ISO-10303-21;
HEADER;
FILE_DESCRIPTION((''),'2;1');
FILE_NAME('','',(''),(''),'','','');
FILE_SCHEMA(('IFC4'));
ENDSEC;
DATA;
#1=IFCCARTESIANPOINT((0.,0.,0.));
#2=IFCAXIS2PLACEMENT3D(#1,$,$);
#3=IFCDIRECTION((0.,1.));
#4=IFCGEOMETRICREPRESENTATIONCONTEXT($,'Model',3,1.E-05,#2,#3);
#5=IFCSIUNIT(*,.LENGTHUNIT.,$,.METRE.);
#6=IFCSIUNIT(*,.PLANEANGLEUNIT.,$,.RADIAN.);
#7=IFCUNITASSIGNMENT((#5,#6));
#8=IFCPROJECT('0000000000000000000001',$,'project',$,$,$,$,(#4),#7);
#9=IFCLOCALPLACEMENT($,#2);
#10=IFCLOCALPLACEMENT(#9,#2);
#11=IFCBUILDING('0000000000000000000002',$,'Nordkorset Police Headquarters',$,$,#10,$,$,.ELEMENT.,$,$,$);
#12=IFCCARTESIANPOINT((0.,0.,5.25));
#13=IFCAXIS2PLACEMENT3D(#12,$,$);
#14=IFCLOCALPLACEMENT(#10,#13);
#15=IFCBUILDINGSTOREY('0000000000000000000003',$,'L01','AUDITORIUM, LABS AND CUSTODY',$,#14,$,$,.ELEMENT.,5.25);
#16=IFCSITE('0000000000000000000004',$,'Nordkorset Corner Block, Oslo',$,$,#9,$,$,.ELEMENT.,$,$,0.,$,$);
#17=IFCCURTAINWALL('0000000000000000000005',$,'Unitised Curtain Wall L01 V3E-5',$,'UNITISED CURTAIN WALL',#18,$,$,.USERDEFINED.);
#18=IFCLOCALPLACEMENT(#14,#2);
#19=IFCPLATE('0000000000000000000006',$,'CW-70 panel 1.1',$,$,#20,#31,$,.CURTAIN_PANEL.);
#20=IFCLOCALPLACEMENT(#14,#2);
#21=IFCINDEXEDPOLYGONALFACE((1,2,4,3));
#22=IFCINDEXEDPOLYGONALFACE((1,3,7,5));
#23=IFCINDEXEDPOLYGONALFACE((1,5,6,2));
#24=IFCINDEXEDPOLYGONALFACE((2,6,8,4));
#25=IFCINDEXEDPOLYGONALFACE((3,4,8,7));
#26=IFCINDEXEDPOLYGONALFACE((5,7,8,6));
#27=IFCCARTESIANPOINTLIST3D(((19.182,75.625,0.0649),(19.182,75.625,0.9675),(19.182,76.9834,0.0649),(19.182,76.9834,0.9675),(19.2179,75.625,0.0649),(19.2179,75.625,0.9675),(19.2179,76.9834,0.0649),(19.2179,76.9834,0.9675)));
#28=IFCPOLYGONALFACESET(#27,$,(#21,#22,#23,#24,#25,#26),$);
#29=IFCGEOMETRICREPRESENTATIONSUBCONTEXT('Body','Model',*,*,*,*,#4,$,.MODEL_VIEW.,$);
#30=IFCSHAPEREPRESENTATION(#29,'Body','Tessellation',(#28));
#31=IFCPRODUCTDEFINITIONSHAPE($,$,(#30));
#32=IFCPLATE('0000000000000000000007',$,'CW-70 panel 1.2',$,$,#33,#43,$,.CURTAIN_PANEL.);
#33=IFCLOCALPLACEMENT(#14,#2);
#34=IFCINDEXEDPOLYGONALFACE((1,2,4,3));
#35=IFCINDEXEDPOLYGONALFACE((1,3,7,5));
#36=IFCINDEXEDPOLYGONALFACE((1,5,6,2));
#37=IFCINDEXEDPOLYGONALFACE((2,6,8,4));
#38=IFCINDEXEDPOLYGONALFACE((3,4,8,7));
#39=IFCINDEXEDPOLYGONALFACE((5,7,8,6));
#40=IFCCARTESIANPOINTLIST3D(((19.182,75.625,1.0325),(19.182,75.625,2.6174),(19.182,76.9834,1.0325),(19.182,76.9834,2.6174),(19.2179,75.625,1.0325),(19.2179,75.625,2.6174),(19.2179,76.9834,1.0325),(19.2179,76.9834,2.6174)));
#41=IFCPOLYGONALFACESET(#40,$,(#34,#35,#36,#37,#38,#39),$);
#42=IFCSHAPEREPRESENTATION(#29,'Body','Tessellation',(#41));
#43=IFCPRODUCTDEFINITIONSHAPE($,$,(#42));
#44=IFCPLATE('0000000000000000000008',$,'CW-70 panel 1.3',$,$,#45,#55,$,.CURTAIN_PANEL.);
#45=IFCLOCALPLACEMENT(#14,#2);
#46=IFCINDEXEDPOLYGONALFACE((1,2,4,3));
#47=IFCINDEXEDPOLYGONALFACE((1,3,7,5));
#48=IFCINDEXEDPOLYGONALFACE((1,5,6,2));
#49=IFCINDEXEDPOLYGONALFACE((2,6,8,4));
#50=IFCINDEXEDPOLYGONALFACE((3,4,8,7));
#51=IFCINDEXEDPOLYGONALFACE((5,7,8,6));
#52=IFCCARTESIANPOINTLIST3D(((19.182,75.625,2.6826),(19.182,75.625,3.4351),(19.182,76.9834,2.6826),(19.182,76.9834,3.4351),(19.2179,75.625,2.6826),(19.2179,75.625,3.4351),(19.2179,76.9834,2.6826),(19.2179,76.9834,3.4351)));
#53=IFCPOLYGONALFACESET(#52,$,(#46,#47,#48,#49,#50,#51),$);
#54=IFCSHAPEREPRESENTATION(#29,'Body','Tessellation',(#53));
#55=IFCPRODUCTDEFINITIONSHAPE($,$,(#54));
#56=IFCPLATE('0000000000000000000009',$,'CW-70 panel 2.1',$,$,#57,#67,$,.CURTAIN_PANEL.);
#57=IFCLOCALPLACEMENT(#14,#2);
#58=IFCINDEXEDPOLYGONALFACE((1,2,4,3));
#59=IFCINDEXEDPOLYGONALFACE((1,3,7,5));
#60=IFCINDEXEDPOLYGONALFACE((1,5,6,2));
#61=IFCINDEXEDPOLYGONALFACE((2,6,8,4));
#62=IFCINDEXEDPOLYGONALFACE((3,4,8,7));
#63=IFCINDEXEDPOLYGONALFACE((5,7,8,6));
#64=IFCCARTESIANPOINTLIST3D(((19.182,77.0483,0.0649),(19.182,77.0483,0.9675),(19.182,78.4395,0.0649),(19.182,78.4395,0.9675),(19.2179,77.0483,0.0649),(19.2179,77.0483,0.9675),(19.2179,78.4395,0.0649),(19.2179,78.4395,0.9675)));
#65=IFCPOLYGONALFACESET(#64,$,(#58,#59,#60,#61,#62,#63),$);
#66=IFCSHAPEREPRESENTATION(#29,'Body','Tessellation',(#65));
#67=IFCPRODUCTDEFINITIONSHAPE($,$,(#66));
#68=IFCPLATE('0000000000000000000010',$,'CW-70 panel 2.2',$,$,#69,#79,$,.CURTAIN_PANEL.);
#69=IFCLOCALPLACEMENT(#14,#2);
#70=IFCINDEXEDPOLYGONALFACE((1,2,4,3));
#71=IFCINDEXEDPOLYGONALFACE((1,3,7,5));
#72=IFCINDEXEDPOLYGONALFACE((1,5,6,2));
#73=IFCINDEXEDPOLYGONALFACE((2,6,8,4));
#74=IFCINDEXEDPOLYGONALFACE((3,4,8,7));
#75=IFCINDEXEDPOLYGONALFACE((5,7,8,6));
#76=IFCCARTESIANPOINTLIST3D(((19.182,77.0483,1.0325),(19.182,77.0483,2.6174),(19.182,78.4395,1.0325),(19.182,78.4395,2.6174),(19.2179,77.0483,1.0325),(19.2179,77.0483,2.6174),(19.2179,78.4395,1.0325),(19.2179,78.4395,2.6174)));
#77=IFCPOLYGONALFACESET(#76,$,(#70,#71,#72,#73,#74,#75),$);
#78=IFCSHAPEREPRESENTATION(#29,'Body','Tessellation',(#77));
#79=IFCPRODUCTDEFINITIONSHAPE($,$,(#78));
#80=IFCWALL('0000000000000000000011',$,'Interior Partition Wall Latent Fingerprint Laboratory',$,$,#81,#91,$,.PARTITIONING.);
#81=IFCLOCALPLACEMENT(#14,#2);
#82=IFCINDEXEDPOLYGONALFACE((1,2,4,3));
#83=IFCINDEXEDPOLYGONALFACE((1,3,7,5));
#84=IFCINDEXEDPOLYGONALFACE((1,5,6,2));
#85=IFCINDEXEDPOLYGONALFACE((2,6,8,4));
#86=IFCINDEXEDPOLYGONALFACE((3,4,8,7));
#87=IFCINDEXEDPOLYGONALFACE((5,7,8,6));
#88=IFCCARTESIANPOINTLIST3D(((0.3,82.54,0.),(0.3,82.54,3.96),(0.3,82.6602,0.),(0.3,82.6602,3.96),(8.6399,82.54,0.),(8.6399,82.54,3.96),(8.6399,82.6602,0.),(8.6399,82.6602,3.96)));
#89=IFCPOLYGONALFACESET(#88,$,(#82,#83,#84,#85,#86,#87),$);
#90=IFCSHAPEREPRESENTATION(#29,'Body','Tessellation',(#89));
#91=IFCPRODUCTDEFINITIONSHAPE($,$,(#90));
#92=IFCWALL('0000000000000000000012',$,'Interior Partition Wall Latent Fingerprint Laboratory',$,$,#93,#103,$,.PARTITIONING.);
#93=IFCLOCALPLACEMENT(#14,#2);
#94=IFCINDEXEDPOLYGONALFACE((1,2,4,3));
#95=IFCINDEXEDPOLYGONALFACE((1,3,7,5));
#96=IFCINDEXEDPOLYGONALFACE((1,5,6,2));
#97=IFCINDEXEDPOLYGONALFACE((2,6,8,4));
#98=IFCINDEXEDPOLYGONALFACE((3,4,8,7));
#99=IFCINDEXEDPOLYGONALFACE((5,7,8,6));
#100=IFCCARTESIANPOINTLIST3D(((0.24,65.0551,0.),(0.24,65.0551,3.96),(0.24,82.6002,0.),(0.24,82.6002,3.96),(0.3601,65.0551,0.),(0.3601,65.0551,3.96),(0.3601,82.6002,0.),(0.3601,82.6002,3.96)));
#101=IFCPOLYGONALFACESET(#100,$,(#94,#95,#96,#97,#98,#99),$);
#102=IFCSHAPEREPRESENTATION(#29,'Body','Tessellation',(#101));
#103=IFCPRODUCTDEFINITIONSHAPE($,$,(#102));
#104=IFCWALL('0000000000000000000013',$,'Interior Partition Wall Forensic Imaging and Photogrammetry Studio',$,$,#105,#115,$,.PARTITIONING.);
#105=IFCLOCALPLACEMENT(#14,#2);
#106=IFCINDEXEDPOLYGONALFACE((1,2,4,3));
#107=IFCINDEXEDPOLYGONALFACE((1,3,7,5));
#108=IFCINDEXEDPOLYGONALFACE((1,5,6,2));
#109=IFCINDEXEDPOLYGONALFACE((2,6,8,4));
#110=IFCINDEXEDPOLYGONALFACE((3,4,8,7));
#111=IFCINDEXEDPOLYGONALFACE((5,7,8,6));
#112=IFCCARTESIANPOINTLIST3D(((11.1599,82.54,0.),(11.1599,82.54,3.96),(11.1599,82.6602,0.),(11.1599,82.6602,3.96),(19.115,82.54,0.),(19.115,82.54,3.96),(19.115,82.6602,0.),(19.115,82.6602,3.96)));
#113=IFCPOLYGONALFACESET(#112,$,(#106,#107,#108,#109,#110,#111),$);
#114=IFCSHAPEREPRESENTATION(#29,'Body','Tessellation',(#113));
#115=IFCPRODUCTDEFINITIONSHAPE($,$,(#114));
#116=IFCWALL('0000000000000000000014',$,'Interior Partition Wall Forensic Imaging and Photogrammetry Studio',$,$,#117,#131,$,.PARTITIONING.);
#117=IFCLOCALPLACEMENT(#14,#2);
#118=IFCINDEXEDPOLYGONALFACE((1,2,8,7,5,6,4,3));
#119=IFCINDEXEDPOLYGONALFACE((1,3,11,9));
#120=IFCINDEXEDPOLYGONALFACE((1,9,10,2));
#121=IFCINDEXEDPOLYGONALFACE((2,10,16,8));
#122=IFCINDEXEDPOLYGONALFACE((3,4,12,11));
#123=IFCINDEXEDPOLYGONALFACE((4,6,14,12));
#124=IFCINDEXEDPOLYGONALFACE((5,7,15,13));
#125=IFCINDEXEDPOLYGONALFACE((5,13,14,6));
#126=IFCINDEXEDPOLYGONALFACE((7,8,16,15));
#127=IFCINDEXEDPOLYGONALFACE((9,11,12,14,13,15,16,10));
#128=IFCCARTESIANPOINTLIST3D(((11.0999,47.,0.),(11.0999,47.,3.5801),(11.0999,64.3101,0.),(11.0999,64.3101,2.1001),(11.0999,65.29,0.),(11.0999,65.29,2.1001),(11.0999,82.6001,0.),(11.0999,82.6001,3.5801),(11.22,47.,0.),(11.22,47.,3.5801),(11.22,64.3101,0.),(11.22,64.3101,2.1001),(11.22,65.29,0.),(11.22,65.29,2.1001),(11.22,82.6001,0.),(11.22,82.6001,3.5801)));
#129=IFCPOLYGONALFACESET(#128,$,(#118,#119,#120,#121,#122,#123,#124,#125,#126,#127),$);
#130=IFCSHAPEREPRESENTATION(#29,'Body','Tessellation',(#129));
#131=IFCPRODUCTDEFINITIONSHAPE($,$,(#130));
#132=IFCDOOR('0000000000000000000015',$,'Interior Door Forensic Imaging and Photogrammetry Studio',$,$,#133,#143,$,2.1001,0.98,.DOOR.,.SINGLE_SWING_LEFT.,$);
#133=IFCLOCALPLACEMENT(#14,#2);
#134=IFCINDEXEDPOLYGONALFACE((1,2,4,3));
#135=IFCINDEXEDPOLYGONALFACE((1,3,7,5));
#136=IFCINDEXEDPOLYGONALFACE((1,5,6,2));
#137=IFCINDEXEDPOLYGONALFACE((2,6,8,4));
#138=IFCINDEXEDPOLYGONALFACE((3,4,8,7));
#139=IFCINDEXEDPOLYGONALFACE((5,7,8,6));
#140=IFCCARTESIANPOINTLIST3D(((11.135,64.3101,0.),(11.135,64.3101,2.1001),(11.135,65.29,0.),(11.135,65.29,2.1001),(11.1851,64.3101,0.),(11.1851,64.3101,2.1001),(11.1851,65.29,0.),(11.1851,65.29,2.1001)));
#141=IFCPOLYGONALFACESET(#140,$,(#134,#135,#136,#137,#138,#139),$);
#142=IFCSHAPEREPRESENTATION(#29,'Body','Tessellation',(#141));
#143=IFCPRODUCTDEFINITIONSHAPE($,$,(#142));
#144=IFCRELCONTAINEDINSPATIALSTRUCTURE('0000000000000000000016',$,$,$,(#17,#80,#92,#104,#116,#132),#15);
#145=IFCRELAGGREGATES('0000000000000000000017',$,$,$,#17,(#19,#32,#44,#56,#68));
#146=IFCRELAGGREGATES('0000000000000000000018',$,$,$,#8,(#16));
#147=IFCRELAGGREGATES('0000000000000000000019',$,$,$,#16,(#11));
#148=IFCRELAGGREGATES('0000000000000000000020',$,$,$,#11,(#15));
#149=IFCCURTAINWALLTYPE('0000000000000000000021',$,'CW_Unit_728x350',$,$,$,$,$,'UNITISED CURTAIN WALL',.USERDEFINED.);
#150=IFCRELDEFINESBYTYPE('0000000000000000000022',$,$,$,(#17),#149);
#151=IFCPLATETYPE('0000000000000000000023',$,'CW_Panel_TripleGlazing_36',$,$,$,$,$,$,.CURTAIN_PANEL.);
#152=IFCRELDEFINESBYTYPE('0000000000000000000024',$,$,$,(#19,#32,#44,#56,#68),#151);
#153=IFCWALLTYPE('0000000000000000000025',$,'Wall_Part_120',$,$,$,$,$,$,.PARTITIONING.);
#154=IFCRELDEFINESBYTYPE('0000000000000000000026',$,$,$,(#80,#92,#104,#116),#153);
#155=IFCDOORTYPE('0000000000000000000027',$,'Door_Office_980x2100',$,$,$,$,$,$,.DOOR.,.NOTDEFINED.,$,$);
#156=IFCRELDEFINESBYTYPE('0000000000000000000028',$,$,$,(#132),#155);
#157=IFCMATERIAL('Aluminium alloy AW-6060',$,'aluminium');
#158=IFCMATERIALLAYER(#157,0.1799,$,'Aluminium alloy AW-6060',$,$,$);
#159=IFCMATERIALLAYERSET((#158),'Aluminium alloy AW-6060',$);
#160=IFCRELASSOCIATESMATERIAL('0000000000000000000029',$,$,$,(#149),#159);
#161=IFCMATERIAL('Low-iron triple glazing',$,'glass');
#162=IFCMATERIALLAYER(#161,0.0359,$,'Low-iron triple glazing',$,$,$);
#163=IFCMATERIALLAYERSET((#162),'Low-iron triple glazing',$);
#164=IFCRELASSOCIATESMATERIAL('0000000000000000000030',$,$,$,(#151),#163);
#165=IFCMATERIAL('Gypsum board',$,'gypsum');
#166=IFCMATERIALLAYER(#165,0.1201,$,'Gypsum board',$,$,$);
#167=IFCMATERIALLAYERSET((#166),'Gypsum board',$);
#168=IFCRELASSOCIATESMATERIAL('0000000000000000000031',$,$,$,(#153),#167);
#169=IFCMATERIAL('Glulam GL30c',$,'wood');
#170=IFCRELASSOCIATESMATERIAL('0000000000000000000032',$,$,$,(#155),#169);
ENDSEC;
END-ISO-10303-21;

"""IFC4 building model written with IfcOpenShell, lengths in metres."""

from ifc_helpers import new_model, si_unit, direction, frame, frame_2d, origin, origin_2d, place, context, subcontext, project, spatial, rectangle, extrude, material, layer, layer_set, type_object, element, fill, aggregate, save


model = new_model("IFC4")

# Units and contexts
model_context = context("Model", 3, precision=1e-05, world=origin(), true_north=direction((0.0, 1.0)))
body_context = subcontext(model_context, "Body", "Model", "MODEL_VIEW")
ifc_project = project(units=[si_unit("LENGTHUNIT", "METRE"), si_unit("PLANEANGLEUNIT", "RADIAN")], contexts=[model_context])

# Site, building, storey
site_placement = place(None, origin())
site = spatial("IfcSite", under=ifc_project, at=site_placement, Name="Nordkorset Corner Block, Oslo", CompositionType="ELEMENT", RefElevation=0.0)
building_placement = place(site_placement, origin())
building = spatial("IfcBuilding", under=site, at=building_placement, Name="Nordkorset Police Headquarters", CompositionType="ELEMENT")
storey_placement = place(building_placement, frame((0.0, 0.0, 5.25)))
storey = spatial("IfcBuildingStorey", under=building, at=storey_placement, Name="L01", Description="AUDITORIUM, LABS AND CUSTODY", CompositionType="ELEMENT", Elevation=5.25)

# Curtain wall
ifc_material_1 = material(Name="Aluminium alloy AW-6060", Category="aluminium")
ifc_layer_1 = layer(ifc_material_1, 0.1799, Name="Aluminium alloy AW-6060")
ifc_layer_set_1 = layer_set([ifc_layer_1], Name="Aluminium alloy AW-6060")
curtain_wall_type = type_object("IfcCurtainWallType", Name="CW_Unit_728x350", ElementType="UNITISED CURTAIN WALL", PredefinedType="USERDEFINED", material=ifc_layer_set_1)
curtain_wall_placement = place(storey_placement, origin())
curtain_wall = element("IfcCurtainWall", 1, at=curtain_wall_placement, inside=storey, type_object=curtain_wall_type, Name="Unitised Curtain Wall L01 V3E-5", ObjectType="UNITISED CURTAIN WALL", PredefinedType="USERDEFINED")

# Plates
ifc_material_2 = material(Name="Low-iron triple glazing", Category="glass")
ifc_layer_2 = layer(ifc_material_2, 0.0359, Name="Low-iron triple glazing")
ifc_layer_set_2 = layer_set([ifc_layer_2], Name="Low-iron triple glazing")
plate_type = type_object("IfcPlateType", Name="CW_Panel_TripleGlazing_36", PredefinedType="CURTAIN_PANEL", material=ifc_layer_set_2)
plate_1_placement = place(storey_placement, frame((19.2, 76.3042, 0.0649), z_axis=(0.0, 0.0, 1.0), x_axis=(0.0, 1.0, 0.0)))
plate_1 = element("IfcPlate", 2, at=plate_1_placement, type_object=plate_type, Name="CW-70 panel 1.1", PredefinedType="CURTAIN_PANEL", context=body_context, shape_type="SweptSolid", body=[
    extrude(rectangle(XDim=1.3584, YDim=0.0359, at=origin_2d()), origin(), (0.0, 0.0, 1.0), 0.9026),
])
plate_2_placement = place(storey_placement, frame((19.2, 76.3042, 1.0325), z_axis=(0.0, 0.0, 1.0), x_axis=(0.0, 1.0, 0.0)))
plate_2 = element("IfcPlate", 3, at=plate_2_placement, type_object=plate_type, Name="CW-70 panel 1.2", PredefinedType="CURTAIN_PANEL", context=body_context, shape_type="SweptSolid", body=[
    extrude(rectangle(XDim=1.3584, YDim=0.0359, at=origin_2d()), origin(), (0.0, 0.0, 1.0), 1.585),
])
plate_3_placement = place(storey_placement, frame((19.2, 76.3042, 2.6826), z_axis=(0.0, 0.0, 1.0), x_axis=(0.0, 1.0, 0.0)))
plate_3 = element("IfcPlate", 4, at=plate_3_placement, type_object=plate_type, Name="CW-70 panel 1.3", PredefinedType="CURTAIN_PANEL", context=body_context, shape_type="SweptSolid", body=[
    extrude(rectangle(XDim=1.3584, YDim=0.0359, at=origin_2d()), origin(), (0.0, 0.0, 1.0), 0.7524),
])
plate_4_placement = place(storey_placement, frame((19.2, 77.7439, 0.0649), z_axis=(0.0, 0.0, 1.0), x_axis=(0.0, 1.0, 0.0)))
plate_4 = element("IfcPlate", 5, at=plate_4_placement, type_object=plate_type, Name="CW-70 panel 2.1", PredefinedType="CURTAIN_PANEL", context=body_context, shape_type="SweptSolid", body=[
    extrude(rectangle(XDim=1.3911, YDim=0.0359, at=origin_2d()), origin(), (0.0, 0.0, 1.0), 0.9026),
])
plate_5_placement = place(storey_placement, frame((19.2, 77.7439, 1.0325), z_axis=(0.0, 0.0, 1.0), x_axis=(0.0, 1.0, 0.0)))
plate_5 = element("IfcPlate", 6, at=plate_5_placement, type_object=plate_type, Name="CW-70 panel 2.2", PredefinedType="CURTAIN_PANEL", context=body_context, shape_type="SweptSolid", body=[
    extrude(rectangle(XDim=1.3911, YDim=0.0359, at=origin_2d()), origin(), (0.0, 0.0, 1.0), 1.585),
])
aggregate(curtain_wall, [plate_1, plate_2, plate_3, plate_4, plate_5])

# Walls
ifc_material_3 = material(Name="Gypsum board", Category="gypsum")
ifc_layer_3 = layer(ifc_material_3, 0.1201, Name="Gypsum board")
ifc_layer_set_3 = layer_set([ifc_layer_3], Name="Gypsum board")
wall_type = type_object("IfcWallType", Name="Wall_Part_120", PredefinedType="PARTITIONING", material=ifc_layer_set_3)
wall_1_placement = place(storey_placement, frame((8.6399, 82.6001, 0.0), z_axis=(0.0, 0.0, 1.0), x_axis=(-1.0, 0.0, 0.0)))
element("IfcWall", 7, at=wall_1_placement, inside=storey, type_object=wall_type, Name="Interior Partition Wall Latent Fingerprint Laboratory", PredefinedType="PARTITIONING", context=body_context, shape_type="SweptSolid", body=[
    extrude(rectangle(XDim=8.3398, YDim=0.1201, at=frame_2d((4.1699, 0.0))), origin(), (0.0, 0.0, 1.0), 3.96),
])
wall_2_placement = place(storey_placement, frame((0.3, 82.6001, 0.0), z_axis=(0.0, 0.0, 1.0), x_axis=(0.0, -1.0, 0.0)))
element("IfcWall", 8, at=wall_2_placement, inside=storey, type_object=wall_type, Name="Interior Partition Wall Latent Fingerprint Laboratory", PredefinedType="PARTITIONING", context=body_context, shape_type="SweptSolid", body=[
    extrude(rectangle(XDim=17.5452, YDim=0.1201, at=frame_2d((8.7725, 0.0))), origin(), (0.0, 0.0, 1.0), 3.96),
])
wall_3_placement = place(storey_placement, frame((19.115, 82.6001, 0.0), z_axis=(0.0, 0.0, 1.0), x_axis=(-1.0, 0.0, 0.0)))
element("IfcWall", 9, at=wall_3_placement, inside=storey, type_object=wall_type, Name="Interior Partition Wall Forensic Imaging and Photogrammetry Studio", PredefinedType="PARTITIONING", context=body_context, shape_type="SweptSolid", body=[
    extrude(rectangle(XDim=7.9551, YDim=0.1201, at=frame_2d((3.9775, 0.0))), origin(), (0.0, 0.0, 1.0), 3.96),
])

# Wall, opening, door
wall_4_placement = place(storey_placement, frame((11.1599, 82.6001, 0.0), z_axis=(0.0, 0.0, 1.0), x_axis=(0.0, -1.0, 0.0)))
wall_4 = element("IfcWall", 10, at=wall_4_placement, inside=storey, type_object=wall_type, Name="Interior Partition Wall Forensic Imaging and Photogrammetry Studio", PredefinedType="PARTITIONING", context=body_context, shape_type="SweptSolid", body=[
    extrude(rectangle(XDim=35.6001, YDim=0.1201, at=frame_2d((17.8, 0.0))), origin(), (0.0, 0.0, 1.0), 3.5801),
])
opening_placement = place(wall_4_placement, frame((17.3101, 0.0, 0.0)))
opening = element("IfcOpeningElement", 11, at=opening_placement, cuts=wall_4, PredefinedType="OPENING", context=body_context, shape_type="SweptSolid", body=[
    extrude(rectangle(XDim=0.98, YDim=2.1001, at=frame_2d((0.49, 1.05))), frame((0.0, 0.0701, 0.0), z_axis=(0.0, -1.0, 0.0), x_axis=(1.0, 0.0, 0.0)), (0.0, 0.0, 1.0), 0.1401),
])
ifc_material_4 = material(Name="Glulam GL30c", Category="wood")
door_type = type_object("IfcDoorType", Name="Door_Office_980x2100", OperationType="NOTDEFINED", PredefinedType="DOOR", material=ifc_material_4)
door_placement = place(opening_placement, frame((0.98, 0.0, 0.0), z_axis=(0.0, 0.0, 1.0), x_axis=(-1.0, 0.0, 0.0)))
door = element("IfcDoor", 12, at=door_placement, inside=storey, type_object=door_type, Name="Interior Door Forensic Imaging and Photogrammetry Studio", OperationType="SINGLE_SWING_LEFT", OverallHeight=2.1001, OverallWidth=0.98, PredefinedType="DOOR", context=body_context, shape_type="SweptSolid", body=[
    extrude(rectangle(XDim=0.98, YDim=2.1001, at=frame_2d((0.49, 1.05))), frame((0.0, 0.0249, 0.0), z_axis=(0.0, -1.0, 0.0), x_axis=(1.0, 0.0, 0.0)), (0.0, 0.0, 1.0), 0.05),
])
fill(opening, door)

save(model, "model.ifc")
